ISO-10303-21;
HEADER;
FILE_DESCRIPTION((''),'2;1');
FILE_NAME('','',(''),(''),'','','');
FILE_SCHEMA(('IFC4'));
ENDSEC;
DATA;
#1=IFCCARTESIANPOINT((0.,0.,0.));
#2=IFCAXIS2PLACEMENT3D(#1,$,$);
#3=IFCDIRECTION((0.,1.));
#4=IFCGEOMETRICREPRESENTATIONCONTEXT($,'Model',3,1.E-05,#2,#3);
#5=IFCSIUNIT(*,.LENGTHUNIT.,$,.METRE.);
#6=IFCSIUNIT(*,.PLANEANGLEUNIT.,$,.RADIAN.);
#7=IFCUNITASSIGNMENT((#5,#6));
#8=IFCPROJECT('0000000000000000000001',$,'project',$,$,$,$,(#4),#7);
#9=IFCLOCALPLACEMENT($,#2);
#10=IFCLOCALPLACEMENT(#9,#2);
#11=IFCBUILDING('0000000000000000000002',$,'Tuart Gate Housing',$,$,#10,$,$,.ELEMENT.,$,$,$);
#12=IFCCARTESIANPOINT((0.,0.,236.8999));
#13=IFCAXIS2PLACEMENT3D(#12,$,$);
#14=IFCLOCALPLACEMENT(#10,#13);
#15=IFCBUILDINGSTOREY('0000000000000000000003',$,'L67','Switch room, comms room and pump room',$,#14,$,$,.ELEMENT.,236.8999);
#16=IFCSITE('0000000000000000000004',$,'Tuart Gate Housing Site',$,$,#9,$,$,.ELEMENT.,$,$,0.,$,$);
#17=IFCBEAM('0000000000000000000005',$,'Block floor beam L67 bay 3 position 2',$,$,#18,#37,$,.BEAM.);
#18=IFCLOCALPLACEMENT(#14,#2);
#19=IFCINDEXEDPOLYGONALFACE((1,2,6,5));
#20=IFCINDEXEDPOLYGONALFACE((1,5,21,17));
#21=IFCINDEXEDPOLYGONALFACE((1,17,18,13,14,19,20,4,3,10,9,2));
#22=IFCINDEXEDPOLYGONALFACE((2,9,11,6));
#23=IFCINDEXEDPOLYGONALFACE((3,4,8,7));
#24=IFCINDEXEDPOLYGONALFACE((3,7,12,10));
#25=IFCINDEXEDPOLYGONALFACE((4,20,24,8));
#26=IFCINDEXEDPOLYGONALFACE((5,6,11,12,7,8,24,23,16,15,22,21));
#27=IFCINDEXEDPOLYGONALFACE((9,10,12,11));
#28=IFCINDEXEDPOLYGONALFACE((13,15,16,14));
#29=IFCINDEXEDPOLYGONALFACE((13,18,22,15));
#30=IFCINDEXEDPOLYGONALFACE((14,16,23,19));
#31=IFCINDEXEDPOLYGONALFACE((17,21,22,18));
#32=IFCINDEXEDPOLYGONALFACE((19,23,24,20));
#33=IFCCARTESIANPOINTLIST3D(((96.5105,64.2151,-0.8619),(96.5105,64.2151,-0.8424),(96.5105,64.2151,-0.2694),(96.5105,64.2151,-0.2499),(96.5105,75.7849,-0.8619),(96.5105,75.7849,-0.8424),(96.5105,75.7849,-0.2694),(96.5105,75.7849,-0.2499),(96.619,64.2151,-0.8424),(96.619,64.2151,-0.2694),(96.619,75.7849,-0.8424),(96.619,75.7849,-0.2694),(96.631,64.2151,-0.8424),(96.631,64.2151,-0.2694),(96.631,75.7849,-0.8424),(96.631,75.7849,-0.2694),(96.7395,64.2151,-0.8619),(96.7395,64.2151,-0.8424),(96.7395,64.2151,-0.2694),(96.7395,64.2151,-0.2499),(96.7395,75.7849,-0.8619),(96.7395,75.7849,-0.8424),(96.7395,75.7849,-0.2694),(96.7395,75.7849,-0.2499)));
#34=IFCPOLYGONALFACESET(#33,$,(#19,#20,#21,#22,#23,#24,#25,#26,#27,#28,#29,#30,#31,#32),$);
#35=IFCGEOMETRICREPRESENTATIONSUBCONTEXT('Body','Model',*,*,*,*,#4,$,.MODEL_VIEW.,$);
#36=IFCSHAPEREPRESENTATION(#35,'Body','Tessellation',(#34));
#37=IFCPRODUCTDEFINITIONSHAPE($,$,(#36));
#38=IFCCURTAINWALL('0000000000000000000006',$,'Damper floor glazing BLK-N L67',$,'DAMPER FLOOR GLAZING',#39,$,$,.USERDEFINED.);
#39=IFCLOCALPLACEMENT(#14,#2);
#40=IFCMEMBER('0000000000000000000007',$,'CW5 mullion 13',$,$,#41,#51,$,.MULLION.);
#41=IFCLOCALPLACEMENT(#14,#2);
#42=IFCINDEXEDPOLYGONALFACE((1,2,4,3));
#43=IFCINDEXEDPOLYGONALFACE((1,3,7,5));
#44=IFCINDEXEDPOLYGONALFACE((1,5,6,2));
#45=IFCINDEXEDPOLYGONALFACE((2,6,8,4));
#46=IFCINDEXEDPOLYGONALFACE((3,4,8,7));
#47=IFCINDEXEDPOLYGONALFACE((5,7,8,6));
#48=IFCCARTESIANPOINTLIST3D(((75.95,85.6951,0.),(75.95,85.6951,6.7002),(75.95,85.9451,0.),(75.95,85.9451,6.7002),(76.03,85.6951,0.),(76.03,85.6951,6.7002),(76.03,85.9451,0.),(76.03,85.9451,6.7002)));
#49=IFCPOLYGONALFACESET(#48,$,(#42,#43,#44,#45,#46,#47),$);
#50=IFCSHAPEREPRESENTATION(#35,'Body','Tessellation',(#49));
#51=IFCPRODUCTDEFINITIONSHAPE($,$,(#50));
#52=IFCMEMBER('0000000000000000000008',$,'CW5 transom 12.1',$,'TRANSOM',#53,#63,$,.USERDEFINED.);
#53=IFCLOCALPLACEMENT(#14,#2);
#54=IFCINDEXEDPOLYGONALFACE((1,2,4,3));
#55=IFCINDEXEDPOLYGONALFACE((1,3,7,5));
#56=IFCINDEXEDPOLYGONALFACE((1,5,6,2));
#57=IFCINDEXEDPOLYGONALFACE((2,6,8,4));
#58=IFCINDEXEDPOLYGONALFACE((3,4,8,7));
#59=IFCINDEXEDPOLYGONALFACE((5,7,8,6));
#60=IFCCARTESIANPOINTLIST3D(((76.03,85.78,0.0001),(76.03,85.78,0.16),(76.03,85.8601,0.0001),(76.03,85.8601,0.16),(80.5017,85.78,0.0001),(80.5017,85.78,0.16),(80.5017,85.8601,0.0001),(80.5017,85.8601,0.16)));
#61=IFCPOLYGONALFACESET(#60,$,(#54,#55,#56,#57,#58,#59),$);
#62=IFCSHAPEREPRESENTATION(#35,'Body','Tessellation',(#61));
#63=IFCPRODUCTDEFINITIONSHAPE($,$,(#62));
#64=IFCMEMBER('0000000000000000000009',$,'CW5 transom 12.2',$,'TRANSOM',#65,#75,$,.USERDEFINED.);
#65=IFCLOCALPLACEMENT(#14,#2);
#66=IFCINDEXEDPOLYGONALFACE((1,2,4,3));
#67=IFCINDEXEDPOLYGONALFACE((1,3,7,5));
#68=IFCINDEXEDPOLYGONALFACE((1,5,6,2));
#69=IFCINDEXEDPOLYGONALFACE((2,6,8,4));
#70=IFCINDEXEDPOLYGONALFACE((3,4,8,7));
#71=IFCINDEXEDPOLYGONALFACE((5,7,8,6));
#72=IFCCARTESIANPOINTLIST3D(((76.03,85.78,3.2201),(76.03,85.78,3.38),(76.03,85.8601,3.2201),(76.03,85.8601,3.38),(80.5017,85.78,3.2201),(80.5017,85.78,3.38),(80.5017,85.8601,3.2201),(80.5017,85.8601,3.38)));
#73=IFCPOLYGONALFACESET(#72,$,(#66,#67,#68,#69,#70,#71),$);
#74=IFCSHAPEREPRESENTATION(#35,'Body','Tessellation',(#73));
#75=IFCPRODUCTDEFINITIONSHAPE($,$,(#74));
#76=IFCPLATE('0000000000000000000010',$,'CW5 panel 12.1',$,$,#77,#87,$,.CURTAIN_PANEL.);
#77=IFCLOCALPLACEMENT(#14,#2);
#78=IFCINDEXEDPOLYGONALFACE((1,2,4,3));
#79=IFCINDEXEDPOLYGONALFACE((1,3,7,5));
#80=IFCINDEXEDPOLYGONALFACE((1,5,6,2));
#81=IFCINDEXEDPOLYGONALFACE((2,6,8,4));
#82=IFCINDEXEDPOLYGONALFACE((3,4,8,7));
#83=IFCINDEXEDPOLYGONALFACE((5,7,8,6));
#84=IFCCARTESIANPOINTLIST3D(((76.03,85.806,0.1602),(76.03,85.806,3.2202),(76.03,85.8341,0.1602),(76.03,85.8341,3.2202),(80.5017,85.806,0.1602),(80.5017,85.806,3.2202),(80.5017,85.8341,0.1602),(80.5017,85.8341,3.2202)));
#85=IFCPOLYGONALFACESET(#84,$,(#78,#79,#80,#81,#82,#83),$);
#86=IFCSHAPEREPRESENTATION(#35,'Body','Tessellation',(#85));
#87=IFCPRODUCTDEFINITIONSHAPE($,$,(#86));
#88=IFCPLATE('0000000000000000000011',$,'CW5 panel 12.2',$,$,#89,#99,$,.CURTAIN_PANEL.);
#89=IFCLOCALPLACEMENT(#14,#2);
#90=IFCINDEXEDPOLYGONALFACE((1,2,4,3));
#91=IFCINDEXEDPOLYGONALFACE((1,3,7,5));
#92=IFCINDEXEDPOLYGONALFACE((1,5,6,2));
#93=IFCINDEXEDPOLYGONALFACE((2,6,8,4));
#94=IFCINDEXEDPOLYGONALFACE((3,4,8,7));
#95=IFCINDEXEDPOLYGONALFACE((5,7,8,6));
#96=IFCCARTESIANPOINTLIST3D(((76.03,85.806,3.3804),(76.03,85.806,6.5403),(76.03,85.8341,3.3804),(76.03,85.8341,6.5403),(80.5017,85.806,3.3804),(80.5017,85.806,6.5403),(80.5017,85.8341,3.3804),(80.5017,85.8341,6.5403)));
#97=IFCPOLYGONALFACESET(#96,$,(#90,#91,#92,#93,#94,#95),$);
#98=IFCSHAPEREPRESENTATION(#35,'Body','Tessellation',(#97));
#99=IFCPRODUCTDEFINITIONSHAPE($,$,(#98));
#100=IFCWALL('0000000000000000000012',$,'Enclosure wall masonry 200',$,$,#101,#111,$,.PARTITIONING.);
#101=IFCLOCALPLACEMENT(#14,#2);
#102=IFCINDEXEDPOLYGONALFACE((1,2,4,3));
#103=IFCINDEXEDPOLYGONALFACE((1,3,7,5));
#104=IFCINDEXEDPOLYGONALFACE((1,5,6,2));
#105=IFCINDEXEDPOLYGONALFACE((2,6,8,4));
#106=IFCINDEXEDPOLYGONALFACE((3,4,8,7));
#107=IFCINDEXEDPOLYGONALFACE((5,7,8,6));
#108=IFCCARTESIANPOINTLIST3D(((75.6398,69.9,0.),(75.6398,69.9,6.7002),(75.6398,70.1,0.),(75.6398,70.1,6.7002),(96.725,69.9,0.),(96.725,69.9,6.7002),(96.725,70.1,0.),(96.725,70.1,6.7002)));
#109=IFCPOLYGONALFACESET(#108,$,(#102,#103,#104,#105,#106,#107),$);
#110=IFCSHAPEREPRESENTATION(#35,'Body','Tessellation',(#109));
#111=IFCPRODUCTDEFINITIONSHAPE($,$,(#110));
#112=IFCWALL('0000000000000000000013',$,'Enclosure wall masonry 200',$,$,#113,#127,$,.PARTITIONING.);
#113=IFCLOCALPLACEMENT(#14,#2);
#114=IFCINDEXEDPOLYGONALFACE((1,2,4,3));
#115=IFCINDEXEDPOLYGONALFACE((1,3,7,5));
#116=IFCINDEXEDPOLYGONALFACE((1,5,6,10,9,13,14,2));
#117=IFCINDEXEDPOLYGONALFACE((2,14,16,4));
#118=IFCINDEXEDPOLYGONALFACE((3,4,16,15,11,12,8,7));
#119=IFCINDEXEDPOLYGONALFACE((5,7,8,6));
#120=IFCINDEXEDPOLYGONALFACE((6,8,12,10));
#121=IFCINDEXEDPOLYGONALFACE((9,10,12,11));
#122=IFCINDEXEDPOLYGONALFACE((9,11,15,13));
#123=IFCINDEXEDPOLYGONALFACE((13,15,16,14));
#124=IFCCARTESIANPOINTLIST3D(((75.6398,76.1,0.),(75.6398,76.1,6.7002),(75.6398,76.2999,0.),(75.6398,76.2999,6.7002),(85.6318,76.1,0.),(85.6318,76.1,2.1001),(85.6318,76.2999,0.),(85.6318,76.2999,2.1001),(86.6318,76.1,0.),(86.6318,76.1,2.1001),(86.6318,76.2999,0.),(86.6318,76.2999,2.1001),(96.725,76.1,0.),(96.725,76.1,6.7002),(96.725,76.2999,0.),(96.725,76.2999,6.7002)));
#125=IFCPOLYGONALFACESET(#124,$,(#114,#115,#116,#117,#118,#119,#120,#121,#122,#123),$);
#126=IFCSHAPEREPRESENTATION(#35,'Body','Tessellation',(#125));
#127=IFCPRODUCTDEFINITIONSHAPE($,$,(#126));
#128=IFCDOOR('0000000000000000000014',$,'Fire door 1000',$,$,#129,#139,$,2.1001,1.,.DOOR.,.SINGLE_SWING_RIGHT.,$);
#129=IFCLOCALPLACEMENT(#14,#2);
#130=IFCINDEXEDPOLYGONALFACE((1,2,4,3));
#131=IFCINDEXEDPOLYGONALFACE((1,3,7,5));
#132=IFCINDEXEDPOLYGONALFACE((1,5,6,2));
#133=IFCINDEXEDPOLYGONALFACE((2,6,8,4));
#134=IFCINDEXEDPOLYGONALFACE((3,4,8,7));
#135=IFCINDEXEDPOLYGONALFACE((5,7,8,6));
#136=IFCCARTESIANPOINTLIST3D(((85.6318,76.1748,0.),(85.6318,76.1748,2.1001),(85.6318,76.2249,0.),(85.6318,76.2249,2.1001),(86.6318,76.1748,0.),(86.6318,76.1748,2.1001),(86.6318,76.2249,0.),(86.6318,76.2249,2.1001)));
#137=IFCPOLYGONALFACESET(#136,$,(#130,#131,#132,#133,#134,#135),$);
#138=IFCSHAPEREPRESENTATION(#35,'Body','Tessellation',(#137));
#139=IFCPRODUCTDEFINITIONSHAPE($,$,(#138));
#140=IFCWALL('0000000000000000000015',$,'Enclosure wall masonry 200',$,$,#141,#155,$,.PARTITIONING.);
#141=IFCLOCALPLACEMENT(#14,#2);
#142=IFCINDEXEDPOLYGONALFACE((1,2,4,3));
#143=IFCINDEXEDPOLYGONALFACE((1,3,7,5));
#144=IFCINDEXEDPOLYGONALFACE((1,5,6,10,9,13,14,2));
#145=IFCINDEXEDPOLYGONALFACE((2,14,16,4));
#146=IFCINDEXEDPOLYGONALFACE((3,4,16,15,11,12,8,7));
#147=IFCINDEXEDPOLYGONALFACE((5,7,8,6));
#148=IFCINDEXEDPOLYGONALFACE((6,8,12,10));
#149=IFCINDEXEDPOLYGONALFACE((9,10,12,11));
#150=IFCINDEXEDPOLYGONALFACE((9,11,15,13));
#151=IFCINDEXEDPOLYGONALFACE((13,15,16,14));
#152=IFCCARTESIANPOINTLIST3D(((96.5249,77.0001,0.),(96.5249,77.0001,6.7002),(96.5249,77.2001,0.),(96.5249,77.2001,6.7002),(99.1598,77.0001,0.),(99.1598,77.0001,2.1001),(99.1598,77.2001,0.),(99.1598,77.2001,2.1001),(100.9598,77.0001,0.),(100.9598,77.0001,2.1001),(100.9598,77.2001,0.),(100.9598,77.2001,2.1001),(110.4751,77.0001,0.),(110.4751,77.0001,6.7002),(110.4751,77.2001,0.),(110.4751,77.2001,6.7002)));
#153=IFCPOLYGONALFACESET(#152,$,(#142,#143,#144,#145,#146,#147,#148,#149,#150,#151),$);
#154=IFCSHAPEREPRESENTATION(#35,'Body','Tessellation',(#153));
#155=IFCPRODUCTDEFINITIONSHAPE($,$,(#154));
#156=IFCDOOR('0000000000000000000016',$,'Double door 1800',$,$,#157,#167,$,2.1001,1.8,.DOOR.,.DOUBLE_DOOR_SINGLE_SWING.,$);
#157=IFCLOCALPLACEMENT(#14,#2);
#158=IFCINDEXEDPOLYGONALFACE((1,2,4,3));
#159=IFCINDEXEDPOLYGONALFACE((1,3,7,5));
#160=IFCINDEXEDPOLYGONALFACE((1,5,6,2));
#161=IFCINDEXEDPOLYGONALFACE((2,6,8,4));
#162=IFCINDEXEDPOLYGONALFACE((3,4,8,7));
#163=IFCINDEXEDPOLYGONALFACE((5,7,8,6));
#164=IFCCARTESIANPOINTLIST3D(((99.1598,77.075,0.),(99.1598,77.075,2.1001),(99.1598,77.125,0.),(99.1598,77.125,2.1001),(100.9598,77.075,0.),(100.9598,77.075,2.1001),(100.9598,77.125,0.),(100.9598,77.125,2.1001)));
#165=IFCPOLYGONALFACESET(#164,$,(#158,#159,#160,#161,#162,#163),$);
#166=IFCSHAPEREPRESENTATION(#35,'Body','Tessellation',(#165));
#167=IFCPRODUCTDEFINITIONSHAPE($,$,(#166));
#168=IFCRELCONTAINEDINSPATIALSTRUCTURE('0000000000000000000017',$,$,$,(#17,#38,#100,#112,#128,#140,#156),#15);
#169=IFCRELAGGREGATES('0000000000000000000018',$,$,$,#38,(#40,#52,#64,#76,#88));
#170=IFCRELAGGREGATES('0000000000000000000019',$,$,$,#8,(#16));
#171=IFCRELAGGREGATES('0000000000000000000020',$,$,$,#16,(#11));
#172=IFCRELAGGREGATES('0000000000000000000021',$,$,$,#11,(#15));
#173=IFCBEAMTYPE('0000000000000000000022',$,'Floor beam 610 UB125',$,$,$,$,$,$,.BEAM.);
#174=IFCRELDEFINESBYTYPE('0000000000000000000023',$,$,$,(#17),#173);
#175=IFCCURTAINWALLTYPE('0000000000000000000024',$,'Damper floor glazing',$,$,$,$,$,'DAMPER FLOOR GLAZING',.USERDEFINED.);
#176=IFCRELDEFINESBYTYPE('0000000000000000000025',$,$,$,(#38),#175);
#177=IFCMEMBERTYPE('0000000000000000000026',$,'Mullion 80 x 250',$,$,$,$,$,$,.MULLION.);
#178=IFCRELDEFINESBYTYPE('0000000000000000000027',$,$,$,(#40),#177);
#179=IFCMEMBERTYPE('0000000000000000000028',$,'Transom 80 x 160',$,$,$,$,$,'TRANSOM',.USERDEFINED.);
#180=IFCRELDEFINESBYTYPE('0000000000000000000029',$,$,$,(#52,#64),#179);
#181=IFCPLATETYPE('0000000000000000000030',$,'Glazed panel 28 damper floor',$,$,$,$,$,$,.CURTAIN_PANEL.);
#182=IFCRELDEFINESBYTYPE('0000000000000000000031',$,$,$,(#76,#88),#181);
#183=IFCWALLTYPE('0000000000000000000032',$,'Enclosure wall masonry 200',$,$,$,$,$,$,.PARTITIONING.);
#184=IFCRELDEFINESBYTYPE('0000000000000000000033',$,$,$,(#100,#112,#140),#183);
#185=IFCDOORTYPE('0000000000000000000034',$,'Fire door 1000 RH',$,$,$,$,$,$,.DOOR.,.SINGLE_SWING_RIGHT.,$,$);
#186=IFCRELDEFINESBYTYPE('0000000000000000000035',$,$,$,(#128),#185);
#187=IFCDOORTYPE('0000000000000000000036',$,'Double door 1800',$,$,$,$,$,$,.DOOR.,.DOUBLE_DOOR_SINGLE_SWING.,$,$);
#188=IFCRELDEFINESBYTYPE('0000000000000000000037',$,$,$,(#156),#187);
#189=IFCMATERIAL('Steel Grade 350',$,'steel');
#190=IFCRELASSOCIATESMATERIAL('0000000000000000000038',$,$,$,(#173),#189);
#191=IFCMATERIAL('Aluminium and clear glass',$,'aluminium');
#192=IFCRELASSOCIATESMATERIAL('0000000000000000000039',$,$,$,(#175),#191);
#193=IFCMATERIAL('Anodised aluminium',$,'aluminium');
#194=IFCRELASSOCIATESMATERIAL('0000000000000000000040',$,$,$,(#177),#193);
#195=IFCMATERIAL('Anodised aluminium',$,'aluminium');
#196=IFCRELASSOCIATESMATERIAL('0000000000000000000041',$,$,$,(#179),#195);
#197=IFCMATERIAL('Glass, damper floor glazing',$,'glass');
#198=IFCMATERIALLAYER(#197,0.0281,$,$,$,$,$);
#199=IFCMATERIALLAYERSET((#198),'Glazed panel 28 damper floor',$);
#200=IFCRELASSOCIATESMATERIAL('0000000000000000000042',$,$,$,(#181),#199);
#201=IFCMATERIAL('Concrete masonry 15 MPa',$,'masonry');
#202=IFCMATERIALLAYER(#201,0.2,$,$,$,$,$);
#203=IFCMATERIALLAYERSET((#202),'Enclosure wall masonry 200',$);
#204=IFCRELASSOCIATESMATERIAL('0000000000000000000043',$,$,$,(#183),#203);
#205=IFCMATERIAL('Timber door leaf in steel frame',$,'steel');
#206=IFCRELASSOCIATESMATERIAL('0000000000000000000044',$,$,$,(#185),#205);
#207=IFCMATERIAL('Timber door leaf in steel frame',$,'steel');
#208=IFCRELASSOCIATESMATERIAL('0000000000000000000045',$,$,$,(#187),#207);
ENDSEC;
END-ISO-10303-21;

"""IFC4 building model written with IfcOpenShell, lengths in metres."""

from ifc_helpers import new_model, si_unit, direction, frame, frame_2d, origin, origin_2d, place, context, subcontext, project, spatial, rectangle, i_section, extrude, material, layer, layer_set, material_profile, profile_set, type_object, element, fill, aggregate, save


model = new_model("IFC4")

# Units and contexts
model_context = context("Model", 3, precision=1e-05, world=origin(), true_north=direction((0.0, 1.0)))
body_context = subcontext(model_context, "Body", "Model", "MODEL_VIEW")
ifc_project = project(units=[si_unit("LENGTHUNIT", "METRE"), si_unit("PLANEANGLEUNIT", "RADIAN")], contexts=[model_context])

# Site, building, storey
site_placement = place(None, origin())
site = spatial("IfcSite", under=ifc_project, at=site_placement, Name="Tuart Gate Housing Site", CompositionType="ELEMENT", RefElevation=0.0)
building_placement = place(site_placement, origin())
building = spatial("IfcBuilding", under=site, at=building_placement, Name="Tuart Gate Housing", CompositionType="ELEMENT")
storey_placement = place(building_placement, frame((0.0, 0.0, 236.8999)))
storey = spatial("IfcBuildingStorey", under=building, at=storey_placement, Name="L67", Description="Switch room, comms room and pump room", CompositionType="ELEMENT", Elevation=236.8999)

# Beam
ifc_material_1 = material(Name="Steel Grade 350", Category="steel")
ifc_material_profile_1 = material_profile(ifc_material_1, i_section(OverallWidth=0.229, OverallDepth=0.6121, WebThickness=0.012, FlangeThickness=0.0195, at=origin_2d()), Name="610UB125")
ifc_profile_set_1 = profile_set([ifc_material_profile_1], Name="Steel Grade 350")
beam_type_1 = type_object("IfcBeamType", Name="Floor beam 610 UB125", PredefinedType="BEAM", material=ifc_profile_set_1)
for number, where, z_axis, x_axis, name in (
    (1, (96.625, 64.2151, -0.5559), (0.0, 1.0, 0.0), (-1.0, 0.0, 0.0), "Block floor beam L67 bay 3 position 2"),
):
    element("IfcBeam", number, at=place(storey_placement, frame(where, z_axis=z_axis, x_axis=x_axis)), inside=storey, type_object=beam_type_1, Name=name, PredefinedType="BEAM", context=body_context, shape_type="SweptSolid", body=[
        extrude(i_section(OverallWidth=0.229, OverallDepth=0.6121, WebThickness=0.012, FlangeThickness=0.0195, at=origin_2d()), origin(), (0.0, 0.0, 1.0), 11.5698),
    ])

# Curtain wall, members, plates
ifc_material_2 = material(Name="Aluminium and clear glass", Category="aluminium")
curtain_wall_type = type_object("IfcCurtainWallType", Name="Damper floor glazing", ElementType="DAMPER FLOOR GLAZING", PredefinedType="USERDEFINED", material=ifc_material_2)
curtain_wall_placement = place(storey_placement, origin())
curtain_wall = element("IfcCurtainWall", 2, at=curtain_wall_placement, inside=storey, type_object=curtain_wall_type, Name="Damper floor glazing BLK-N L67", ObjectType="DAMPER FLOOR GLAZING", PredefinedType="USERDEFINED")
ifc_material_3 = material(Name="Anodised aluminium", Category="aluminium")
ifc_material_profile_2 = material_profile(ifc_material_3, rectangle(XDim=0.0801, YDim=0.25, at=origin_2d()), Name="80x250")
ifc_profile_set_2 = profile_set([ifc_material_profile_2], Name="Anodised aluminium")
member_type_1 = type_object("IfcMemberType", Name="Mullion 80 x 250", PredefinedType="MULLION", material=ifc_profile_set_2)
member_1_placement = place(storey_placement, frame((75.99, 85.8201, 0.0), z_axis=(0.0, 0.0, 1.0), x_axis=(-1.0, 0.0, 0.0)))
member_1 = element("IfcMember", 3, at=member_1_placement, type_object=member_type_1, Name="CW5 mullion 13", PredefinedType="MULLION", context=body_context, shape_type="SweptSolid", body=[
    extrude(rectangle(XDim=0.0801, YDim=0.25, at=origin_2d()), origin(), (0.0, 0.0, 1.0), 6.7002),
])
ifc_material_4 = material(Name="Anodised aluminium", Category="aluminium")
ifc_material_profile_3 = material_profile(ifc_material_4, rectangle(XDim=0.0801, YDim=0.1599, at=origin_2d()), Name="80x160")
ifc_profile_set_3 = profile_set([ifc_material_profile_3], Name="Anodised aluminium")
member_type_2 = type_object("IfcMemberType", Name="Transom 80 x 160", ElementType="TRANSOM", PredefinedType="USERDEFINED", material=ifc_profile_set_3)
member_2_placement = place(storey_placement, frame((80.5017, 85.8201, 0.0801), z_axis=(-1.0, 0.0, 0.0), x_axis=(0.0, -1.0, 0.0)))
member_2 = element("IfcMember", 4, at=member_2_placement, type_object=member_type_2, Name="CW5 transom 12.1", ObjectType="TRANSOM", PredefinedType="USERDEFINED", context=body_context, shape_type="SweptSolid", body=[
    extrude(rectangle(XDim=0.0801, YDim=0.1599, at=origin_2d()), origin(), (0.0, 0.0, 1.0), 4.4717),
])
member_3_placement = place(storey_placement, frame((80.5017, 85.8201, 3.3), z_axis=(-1.0, 0.0, 0.0), x_axis=(0.0, -1.0, 0.0)))
member_3 = element("IfcMember", 5, at=member_3_placement, type_object=member_type_2, Name="CW5 transom 12.2", ObjectType="TRANSOM", PredefinedType="USERDEFINED", context=body_context, shape_type="SweptSolid", body=[
    extrude(rectangle(XDim=0.0801, YDim=0.1599, at=origin_2d()), origin(), (0.0, 0.0, 1.0), 4.4717),
])
ifc_material_5 = material(Name="Glass, damper floor glazing", Category="glass")
ifc_layer_1 = layer(ifc_material_5, 0.0281)
ifc_layer_set_1 = layer_set([ifc_layer_1], Name="Glazed panel 28 damper floor")
plate_type = type_object("IfcPlateType", Name="Glazed panel 28 damper floor", PredefinedType="CURTAIN_PANEL", material=ifc_layer_set_1)
plate_1_placement = place(storey_placement, frame((78.2659, 85.8201, 0.1602), z_axis=(0.0, 0.0, 1.0), x_axis=(-1.0, 0.0, 0.0)))
plate_1 = element("IfcPlate", 6, at=plate_1_placement, type_object=plate_type, Name="CW5 panel 12.1", PredefinedType="CURTAIN_PANEL", context=body_context, shape_type="SweptSolid", body=[
    extrude(rectangle(XDim=4.4717, YDim=0.0281, at=origin_2d()), origin(), (0.0, 0.0, 1.0), 3.0601),
])
plate_2_placement = place(storey_placement, frame((78.2659, 85.8201, 3.3804), z_axis=(0.0, 0.0, 1.0), x_axis=(-1.0, 0.0, 0.0)))
plate_2 = element("IfcPlate", 7, at=plate_2_placement, type_object=plate_type, Name="CW5 panel 12.2", PredefinedType="CURTAIN_PANEL", context=body_context, shape_type="SweptSolid", body=[
    extrude(rectangle(XDim=4.4717, YDim=0.0281, at=origin_2d()), origin(), (0.0, 0.0, 1.0), 3.1599),
])
aggregate(curtain_wall, [member_1, member_2, member_3, plate_1, plate_2])

# Wall
ifc_material_6 = material(Name="Concrete masonry 15 MPa", Category="masonry")
ifc_layer_2 = layer(ifc_material_6, 0.2)
ifc_layer_set_2 = layer_set([ifc_layer_2], Name="Enclosure wall masonry 200")
wall_type = type_object("IfcWallType", Name="Enclosure wall masonry 200", PredefinedType="PARTITIONING", material=ifc_layer_set_2)
wall_1_placement = place(storey_placement, frame((75.6399, 70.0, 0.0), z_axis=(0.0, 0.0, 1.0), x_axis=(1.0, 0.0, 0.0)))
element("IfcWall", 8, at=wall_1_placement, inside=storey, type_object=wall_type, Name="Enclosure wall masonry 200", PredefinedType="PARTITIONING", context=body_context, shape_type="SweptSolid", body=[
    extrude(rectangle(XDim=21.0852, YDim=0.2, at=frame_2d((10.5425, 0.0))), origin(), (0.0, 0.0, 1.0), 6.7002),
])

# Walls, openings, doors
wall_2_placement = place(storey_placement, frame((75.6399, 76.2, 0.0), z_axis=(0.0, 0.0, 1.0), x_axis=(1.0, 0.0, 0.0)))
wall_2 = element("IfcWall", 9, at=wall_2_placement, inside=storey, type_object=wall_type, Name="Enclosure wall masonry 200", PredefinedType="PARTITIONING", context=body_context, shape_type="SweptSolid", body=[
    extrude(rectangle(XDim=21.0852, YDim=0.2, at=frame_2d((10.5425, 0.0))), origin(), (0.0, 0.0, 1.0), 6.7002),
])
opening_1_placement = place(wall_2_placement, frame((9.9919, 0.0, 0.0)))
opening_1 = element("IfcOpeningElement", 10, at=opening_1_placement, cuts=wall_2, PredefinedType="OPENING", context=body_context, shape_type="SweptSolid", body=[
    extrude(rectangle(XDim=1.0, YDim=2.1001, at=frame_2d((0.5, 1.05))), frame((0.0, 0.1099, 0.0), z_axis=(0.0, -1.0, 0.0), x_axis=(1.0, 0.0, 0.0)), (0.0, 0.0, 1.0), 0.22),
])
ifc_material_7 = material(Name="Timber door leaf in steel frame", Category="steel")
door_type_1 = type_object("IfcDoorType", Name="Fire door 1000 RH", OperationType="SINGLE_SWING_RIGHT", PredefinedType="DOOR", material=ifc_material_7)
door_1_placement = place(opening_1_placement, frame((1.0, 0.0, 0.0), z_axis=(0.0, 0.0, 1.0), x_axis=(-1.0, 0.0, 0.0)))
door_1 = element("IfcDoor", 11, at=door_1_placement, inside=storey, type_object=door_type_1, Name="Fire door 1000", OperationType="SINGLE_SWING_RIGHT", OverallHeight=2.1001, OverallWidth=1.0, PredefinedType="DOOR", context=body_context, shape_type="SweptSolid", body=[
    extrude(rectangle(XDim=1.0, YDim=2.1001, at=frame_2d((0.5, 1.05))), frame((0.0, 0.0251, 0.0), z_axis=(0.0, -1.0, 0.0), x_axis=(1.0, 0.0, 0.0)), (0.0, 0.0, 1.0), 0.05),
])
fill(opening_1, door_1)
wall_3_placement = place(storey_placement, frame((96.5249, 77.1001, 0.0), z_axis=(0.0, 0.0, 1.0), x_axis=(1.0, 0.0, 0.0)))
wall_3 = element("IfcWall", 12, at=wall_3_placement, inside=storey, type_object=wall_type, Name="Enclosure wall masonry 200", PredefinedType="PARTITIONING", context=body_context, shape_type="SweptSolid", body=[
    extrude(rectangle(XDim=13.9502, YDim=0.2, at=frame_2d((6.9751, 0.0))), origin(), (0.0, 0.0, 1.0), 6.7002),
])
opening_2_placement = place(wall_3_placement, frame((2.635, 0.0, 0.0)))
opening_2 = element("IfcOpeningElement", 13, at=opening_2_placement, cuts=wall_3, PredefinedType="OPENING", context=body_context, shape_type="SweptSolid", body=[
    extrude(rectangle(XDim=1.8, YDim=2.1001, at=frame_2d((0.8999, 1.05))), frame((0.0, 0.1099, 0.0), z_axis=(0.0, -1.0, 0.0), x_axis=(1.0, 0.0, 0.0)), (0.0, 0.0, 1.0), 0.22),
])
ifc_material_8 = material(Name="Timber door leaf in steel frame", Category="steel")
door_type_2 = type_object("IfcDoorType", Name="Double door 1800", OperationType="DOUBLE_DOOR_SINGLE_SWING", PredefinedType="DOOR", material=ifc_material_8)
door_2_placement = place(opening_2_placement, frame((1.8, 0.0, 0.0), z_axis=(0.0, 0.0, 1.0), x_axis=(-1.0, 0.0, 0.0)))
door_2 = element("IfcDoor", 14, at=door_2_placement, inside=storey, type_object=door_type_2, Name="Double door 1800", OperationType="DOUBLE_DOOR_SINGLE_SWING", OverallHeight=2.1001, OverallWidth=1.8, PredefinedType="DOOR", context=body_context, shape_type="SweptSolid", body=[
    extrude(rectangle(XDim=1.8, YDim=2.1001, at=frame_2d((0.9001, 1.05))), frame((0.0, 0.0251, 0.0), z_axis=(0.0, -1.0, 0.0), x_axis=(1.0, 0.0, 0.0)), (0.0, 0.0, 1.0), 0.05),
])
fill(opening_2, door_2)

save(model, "model.ifc")
